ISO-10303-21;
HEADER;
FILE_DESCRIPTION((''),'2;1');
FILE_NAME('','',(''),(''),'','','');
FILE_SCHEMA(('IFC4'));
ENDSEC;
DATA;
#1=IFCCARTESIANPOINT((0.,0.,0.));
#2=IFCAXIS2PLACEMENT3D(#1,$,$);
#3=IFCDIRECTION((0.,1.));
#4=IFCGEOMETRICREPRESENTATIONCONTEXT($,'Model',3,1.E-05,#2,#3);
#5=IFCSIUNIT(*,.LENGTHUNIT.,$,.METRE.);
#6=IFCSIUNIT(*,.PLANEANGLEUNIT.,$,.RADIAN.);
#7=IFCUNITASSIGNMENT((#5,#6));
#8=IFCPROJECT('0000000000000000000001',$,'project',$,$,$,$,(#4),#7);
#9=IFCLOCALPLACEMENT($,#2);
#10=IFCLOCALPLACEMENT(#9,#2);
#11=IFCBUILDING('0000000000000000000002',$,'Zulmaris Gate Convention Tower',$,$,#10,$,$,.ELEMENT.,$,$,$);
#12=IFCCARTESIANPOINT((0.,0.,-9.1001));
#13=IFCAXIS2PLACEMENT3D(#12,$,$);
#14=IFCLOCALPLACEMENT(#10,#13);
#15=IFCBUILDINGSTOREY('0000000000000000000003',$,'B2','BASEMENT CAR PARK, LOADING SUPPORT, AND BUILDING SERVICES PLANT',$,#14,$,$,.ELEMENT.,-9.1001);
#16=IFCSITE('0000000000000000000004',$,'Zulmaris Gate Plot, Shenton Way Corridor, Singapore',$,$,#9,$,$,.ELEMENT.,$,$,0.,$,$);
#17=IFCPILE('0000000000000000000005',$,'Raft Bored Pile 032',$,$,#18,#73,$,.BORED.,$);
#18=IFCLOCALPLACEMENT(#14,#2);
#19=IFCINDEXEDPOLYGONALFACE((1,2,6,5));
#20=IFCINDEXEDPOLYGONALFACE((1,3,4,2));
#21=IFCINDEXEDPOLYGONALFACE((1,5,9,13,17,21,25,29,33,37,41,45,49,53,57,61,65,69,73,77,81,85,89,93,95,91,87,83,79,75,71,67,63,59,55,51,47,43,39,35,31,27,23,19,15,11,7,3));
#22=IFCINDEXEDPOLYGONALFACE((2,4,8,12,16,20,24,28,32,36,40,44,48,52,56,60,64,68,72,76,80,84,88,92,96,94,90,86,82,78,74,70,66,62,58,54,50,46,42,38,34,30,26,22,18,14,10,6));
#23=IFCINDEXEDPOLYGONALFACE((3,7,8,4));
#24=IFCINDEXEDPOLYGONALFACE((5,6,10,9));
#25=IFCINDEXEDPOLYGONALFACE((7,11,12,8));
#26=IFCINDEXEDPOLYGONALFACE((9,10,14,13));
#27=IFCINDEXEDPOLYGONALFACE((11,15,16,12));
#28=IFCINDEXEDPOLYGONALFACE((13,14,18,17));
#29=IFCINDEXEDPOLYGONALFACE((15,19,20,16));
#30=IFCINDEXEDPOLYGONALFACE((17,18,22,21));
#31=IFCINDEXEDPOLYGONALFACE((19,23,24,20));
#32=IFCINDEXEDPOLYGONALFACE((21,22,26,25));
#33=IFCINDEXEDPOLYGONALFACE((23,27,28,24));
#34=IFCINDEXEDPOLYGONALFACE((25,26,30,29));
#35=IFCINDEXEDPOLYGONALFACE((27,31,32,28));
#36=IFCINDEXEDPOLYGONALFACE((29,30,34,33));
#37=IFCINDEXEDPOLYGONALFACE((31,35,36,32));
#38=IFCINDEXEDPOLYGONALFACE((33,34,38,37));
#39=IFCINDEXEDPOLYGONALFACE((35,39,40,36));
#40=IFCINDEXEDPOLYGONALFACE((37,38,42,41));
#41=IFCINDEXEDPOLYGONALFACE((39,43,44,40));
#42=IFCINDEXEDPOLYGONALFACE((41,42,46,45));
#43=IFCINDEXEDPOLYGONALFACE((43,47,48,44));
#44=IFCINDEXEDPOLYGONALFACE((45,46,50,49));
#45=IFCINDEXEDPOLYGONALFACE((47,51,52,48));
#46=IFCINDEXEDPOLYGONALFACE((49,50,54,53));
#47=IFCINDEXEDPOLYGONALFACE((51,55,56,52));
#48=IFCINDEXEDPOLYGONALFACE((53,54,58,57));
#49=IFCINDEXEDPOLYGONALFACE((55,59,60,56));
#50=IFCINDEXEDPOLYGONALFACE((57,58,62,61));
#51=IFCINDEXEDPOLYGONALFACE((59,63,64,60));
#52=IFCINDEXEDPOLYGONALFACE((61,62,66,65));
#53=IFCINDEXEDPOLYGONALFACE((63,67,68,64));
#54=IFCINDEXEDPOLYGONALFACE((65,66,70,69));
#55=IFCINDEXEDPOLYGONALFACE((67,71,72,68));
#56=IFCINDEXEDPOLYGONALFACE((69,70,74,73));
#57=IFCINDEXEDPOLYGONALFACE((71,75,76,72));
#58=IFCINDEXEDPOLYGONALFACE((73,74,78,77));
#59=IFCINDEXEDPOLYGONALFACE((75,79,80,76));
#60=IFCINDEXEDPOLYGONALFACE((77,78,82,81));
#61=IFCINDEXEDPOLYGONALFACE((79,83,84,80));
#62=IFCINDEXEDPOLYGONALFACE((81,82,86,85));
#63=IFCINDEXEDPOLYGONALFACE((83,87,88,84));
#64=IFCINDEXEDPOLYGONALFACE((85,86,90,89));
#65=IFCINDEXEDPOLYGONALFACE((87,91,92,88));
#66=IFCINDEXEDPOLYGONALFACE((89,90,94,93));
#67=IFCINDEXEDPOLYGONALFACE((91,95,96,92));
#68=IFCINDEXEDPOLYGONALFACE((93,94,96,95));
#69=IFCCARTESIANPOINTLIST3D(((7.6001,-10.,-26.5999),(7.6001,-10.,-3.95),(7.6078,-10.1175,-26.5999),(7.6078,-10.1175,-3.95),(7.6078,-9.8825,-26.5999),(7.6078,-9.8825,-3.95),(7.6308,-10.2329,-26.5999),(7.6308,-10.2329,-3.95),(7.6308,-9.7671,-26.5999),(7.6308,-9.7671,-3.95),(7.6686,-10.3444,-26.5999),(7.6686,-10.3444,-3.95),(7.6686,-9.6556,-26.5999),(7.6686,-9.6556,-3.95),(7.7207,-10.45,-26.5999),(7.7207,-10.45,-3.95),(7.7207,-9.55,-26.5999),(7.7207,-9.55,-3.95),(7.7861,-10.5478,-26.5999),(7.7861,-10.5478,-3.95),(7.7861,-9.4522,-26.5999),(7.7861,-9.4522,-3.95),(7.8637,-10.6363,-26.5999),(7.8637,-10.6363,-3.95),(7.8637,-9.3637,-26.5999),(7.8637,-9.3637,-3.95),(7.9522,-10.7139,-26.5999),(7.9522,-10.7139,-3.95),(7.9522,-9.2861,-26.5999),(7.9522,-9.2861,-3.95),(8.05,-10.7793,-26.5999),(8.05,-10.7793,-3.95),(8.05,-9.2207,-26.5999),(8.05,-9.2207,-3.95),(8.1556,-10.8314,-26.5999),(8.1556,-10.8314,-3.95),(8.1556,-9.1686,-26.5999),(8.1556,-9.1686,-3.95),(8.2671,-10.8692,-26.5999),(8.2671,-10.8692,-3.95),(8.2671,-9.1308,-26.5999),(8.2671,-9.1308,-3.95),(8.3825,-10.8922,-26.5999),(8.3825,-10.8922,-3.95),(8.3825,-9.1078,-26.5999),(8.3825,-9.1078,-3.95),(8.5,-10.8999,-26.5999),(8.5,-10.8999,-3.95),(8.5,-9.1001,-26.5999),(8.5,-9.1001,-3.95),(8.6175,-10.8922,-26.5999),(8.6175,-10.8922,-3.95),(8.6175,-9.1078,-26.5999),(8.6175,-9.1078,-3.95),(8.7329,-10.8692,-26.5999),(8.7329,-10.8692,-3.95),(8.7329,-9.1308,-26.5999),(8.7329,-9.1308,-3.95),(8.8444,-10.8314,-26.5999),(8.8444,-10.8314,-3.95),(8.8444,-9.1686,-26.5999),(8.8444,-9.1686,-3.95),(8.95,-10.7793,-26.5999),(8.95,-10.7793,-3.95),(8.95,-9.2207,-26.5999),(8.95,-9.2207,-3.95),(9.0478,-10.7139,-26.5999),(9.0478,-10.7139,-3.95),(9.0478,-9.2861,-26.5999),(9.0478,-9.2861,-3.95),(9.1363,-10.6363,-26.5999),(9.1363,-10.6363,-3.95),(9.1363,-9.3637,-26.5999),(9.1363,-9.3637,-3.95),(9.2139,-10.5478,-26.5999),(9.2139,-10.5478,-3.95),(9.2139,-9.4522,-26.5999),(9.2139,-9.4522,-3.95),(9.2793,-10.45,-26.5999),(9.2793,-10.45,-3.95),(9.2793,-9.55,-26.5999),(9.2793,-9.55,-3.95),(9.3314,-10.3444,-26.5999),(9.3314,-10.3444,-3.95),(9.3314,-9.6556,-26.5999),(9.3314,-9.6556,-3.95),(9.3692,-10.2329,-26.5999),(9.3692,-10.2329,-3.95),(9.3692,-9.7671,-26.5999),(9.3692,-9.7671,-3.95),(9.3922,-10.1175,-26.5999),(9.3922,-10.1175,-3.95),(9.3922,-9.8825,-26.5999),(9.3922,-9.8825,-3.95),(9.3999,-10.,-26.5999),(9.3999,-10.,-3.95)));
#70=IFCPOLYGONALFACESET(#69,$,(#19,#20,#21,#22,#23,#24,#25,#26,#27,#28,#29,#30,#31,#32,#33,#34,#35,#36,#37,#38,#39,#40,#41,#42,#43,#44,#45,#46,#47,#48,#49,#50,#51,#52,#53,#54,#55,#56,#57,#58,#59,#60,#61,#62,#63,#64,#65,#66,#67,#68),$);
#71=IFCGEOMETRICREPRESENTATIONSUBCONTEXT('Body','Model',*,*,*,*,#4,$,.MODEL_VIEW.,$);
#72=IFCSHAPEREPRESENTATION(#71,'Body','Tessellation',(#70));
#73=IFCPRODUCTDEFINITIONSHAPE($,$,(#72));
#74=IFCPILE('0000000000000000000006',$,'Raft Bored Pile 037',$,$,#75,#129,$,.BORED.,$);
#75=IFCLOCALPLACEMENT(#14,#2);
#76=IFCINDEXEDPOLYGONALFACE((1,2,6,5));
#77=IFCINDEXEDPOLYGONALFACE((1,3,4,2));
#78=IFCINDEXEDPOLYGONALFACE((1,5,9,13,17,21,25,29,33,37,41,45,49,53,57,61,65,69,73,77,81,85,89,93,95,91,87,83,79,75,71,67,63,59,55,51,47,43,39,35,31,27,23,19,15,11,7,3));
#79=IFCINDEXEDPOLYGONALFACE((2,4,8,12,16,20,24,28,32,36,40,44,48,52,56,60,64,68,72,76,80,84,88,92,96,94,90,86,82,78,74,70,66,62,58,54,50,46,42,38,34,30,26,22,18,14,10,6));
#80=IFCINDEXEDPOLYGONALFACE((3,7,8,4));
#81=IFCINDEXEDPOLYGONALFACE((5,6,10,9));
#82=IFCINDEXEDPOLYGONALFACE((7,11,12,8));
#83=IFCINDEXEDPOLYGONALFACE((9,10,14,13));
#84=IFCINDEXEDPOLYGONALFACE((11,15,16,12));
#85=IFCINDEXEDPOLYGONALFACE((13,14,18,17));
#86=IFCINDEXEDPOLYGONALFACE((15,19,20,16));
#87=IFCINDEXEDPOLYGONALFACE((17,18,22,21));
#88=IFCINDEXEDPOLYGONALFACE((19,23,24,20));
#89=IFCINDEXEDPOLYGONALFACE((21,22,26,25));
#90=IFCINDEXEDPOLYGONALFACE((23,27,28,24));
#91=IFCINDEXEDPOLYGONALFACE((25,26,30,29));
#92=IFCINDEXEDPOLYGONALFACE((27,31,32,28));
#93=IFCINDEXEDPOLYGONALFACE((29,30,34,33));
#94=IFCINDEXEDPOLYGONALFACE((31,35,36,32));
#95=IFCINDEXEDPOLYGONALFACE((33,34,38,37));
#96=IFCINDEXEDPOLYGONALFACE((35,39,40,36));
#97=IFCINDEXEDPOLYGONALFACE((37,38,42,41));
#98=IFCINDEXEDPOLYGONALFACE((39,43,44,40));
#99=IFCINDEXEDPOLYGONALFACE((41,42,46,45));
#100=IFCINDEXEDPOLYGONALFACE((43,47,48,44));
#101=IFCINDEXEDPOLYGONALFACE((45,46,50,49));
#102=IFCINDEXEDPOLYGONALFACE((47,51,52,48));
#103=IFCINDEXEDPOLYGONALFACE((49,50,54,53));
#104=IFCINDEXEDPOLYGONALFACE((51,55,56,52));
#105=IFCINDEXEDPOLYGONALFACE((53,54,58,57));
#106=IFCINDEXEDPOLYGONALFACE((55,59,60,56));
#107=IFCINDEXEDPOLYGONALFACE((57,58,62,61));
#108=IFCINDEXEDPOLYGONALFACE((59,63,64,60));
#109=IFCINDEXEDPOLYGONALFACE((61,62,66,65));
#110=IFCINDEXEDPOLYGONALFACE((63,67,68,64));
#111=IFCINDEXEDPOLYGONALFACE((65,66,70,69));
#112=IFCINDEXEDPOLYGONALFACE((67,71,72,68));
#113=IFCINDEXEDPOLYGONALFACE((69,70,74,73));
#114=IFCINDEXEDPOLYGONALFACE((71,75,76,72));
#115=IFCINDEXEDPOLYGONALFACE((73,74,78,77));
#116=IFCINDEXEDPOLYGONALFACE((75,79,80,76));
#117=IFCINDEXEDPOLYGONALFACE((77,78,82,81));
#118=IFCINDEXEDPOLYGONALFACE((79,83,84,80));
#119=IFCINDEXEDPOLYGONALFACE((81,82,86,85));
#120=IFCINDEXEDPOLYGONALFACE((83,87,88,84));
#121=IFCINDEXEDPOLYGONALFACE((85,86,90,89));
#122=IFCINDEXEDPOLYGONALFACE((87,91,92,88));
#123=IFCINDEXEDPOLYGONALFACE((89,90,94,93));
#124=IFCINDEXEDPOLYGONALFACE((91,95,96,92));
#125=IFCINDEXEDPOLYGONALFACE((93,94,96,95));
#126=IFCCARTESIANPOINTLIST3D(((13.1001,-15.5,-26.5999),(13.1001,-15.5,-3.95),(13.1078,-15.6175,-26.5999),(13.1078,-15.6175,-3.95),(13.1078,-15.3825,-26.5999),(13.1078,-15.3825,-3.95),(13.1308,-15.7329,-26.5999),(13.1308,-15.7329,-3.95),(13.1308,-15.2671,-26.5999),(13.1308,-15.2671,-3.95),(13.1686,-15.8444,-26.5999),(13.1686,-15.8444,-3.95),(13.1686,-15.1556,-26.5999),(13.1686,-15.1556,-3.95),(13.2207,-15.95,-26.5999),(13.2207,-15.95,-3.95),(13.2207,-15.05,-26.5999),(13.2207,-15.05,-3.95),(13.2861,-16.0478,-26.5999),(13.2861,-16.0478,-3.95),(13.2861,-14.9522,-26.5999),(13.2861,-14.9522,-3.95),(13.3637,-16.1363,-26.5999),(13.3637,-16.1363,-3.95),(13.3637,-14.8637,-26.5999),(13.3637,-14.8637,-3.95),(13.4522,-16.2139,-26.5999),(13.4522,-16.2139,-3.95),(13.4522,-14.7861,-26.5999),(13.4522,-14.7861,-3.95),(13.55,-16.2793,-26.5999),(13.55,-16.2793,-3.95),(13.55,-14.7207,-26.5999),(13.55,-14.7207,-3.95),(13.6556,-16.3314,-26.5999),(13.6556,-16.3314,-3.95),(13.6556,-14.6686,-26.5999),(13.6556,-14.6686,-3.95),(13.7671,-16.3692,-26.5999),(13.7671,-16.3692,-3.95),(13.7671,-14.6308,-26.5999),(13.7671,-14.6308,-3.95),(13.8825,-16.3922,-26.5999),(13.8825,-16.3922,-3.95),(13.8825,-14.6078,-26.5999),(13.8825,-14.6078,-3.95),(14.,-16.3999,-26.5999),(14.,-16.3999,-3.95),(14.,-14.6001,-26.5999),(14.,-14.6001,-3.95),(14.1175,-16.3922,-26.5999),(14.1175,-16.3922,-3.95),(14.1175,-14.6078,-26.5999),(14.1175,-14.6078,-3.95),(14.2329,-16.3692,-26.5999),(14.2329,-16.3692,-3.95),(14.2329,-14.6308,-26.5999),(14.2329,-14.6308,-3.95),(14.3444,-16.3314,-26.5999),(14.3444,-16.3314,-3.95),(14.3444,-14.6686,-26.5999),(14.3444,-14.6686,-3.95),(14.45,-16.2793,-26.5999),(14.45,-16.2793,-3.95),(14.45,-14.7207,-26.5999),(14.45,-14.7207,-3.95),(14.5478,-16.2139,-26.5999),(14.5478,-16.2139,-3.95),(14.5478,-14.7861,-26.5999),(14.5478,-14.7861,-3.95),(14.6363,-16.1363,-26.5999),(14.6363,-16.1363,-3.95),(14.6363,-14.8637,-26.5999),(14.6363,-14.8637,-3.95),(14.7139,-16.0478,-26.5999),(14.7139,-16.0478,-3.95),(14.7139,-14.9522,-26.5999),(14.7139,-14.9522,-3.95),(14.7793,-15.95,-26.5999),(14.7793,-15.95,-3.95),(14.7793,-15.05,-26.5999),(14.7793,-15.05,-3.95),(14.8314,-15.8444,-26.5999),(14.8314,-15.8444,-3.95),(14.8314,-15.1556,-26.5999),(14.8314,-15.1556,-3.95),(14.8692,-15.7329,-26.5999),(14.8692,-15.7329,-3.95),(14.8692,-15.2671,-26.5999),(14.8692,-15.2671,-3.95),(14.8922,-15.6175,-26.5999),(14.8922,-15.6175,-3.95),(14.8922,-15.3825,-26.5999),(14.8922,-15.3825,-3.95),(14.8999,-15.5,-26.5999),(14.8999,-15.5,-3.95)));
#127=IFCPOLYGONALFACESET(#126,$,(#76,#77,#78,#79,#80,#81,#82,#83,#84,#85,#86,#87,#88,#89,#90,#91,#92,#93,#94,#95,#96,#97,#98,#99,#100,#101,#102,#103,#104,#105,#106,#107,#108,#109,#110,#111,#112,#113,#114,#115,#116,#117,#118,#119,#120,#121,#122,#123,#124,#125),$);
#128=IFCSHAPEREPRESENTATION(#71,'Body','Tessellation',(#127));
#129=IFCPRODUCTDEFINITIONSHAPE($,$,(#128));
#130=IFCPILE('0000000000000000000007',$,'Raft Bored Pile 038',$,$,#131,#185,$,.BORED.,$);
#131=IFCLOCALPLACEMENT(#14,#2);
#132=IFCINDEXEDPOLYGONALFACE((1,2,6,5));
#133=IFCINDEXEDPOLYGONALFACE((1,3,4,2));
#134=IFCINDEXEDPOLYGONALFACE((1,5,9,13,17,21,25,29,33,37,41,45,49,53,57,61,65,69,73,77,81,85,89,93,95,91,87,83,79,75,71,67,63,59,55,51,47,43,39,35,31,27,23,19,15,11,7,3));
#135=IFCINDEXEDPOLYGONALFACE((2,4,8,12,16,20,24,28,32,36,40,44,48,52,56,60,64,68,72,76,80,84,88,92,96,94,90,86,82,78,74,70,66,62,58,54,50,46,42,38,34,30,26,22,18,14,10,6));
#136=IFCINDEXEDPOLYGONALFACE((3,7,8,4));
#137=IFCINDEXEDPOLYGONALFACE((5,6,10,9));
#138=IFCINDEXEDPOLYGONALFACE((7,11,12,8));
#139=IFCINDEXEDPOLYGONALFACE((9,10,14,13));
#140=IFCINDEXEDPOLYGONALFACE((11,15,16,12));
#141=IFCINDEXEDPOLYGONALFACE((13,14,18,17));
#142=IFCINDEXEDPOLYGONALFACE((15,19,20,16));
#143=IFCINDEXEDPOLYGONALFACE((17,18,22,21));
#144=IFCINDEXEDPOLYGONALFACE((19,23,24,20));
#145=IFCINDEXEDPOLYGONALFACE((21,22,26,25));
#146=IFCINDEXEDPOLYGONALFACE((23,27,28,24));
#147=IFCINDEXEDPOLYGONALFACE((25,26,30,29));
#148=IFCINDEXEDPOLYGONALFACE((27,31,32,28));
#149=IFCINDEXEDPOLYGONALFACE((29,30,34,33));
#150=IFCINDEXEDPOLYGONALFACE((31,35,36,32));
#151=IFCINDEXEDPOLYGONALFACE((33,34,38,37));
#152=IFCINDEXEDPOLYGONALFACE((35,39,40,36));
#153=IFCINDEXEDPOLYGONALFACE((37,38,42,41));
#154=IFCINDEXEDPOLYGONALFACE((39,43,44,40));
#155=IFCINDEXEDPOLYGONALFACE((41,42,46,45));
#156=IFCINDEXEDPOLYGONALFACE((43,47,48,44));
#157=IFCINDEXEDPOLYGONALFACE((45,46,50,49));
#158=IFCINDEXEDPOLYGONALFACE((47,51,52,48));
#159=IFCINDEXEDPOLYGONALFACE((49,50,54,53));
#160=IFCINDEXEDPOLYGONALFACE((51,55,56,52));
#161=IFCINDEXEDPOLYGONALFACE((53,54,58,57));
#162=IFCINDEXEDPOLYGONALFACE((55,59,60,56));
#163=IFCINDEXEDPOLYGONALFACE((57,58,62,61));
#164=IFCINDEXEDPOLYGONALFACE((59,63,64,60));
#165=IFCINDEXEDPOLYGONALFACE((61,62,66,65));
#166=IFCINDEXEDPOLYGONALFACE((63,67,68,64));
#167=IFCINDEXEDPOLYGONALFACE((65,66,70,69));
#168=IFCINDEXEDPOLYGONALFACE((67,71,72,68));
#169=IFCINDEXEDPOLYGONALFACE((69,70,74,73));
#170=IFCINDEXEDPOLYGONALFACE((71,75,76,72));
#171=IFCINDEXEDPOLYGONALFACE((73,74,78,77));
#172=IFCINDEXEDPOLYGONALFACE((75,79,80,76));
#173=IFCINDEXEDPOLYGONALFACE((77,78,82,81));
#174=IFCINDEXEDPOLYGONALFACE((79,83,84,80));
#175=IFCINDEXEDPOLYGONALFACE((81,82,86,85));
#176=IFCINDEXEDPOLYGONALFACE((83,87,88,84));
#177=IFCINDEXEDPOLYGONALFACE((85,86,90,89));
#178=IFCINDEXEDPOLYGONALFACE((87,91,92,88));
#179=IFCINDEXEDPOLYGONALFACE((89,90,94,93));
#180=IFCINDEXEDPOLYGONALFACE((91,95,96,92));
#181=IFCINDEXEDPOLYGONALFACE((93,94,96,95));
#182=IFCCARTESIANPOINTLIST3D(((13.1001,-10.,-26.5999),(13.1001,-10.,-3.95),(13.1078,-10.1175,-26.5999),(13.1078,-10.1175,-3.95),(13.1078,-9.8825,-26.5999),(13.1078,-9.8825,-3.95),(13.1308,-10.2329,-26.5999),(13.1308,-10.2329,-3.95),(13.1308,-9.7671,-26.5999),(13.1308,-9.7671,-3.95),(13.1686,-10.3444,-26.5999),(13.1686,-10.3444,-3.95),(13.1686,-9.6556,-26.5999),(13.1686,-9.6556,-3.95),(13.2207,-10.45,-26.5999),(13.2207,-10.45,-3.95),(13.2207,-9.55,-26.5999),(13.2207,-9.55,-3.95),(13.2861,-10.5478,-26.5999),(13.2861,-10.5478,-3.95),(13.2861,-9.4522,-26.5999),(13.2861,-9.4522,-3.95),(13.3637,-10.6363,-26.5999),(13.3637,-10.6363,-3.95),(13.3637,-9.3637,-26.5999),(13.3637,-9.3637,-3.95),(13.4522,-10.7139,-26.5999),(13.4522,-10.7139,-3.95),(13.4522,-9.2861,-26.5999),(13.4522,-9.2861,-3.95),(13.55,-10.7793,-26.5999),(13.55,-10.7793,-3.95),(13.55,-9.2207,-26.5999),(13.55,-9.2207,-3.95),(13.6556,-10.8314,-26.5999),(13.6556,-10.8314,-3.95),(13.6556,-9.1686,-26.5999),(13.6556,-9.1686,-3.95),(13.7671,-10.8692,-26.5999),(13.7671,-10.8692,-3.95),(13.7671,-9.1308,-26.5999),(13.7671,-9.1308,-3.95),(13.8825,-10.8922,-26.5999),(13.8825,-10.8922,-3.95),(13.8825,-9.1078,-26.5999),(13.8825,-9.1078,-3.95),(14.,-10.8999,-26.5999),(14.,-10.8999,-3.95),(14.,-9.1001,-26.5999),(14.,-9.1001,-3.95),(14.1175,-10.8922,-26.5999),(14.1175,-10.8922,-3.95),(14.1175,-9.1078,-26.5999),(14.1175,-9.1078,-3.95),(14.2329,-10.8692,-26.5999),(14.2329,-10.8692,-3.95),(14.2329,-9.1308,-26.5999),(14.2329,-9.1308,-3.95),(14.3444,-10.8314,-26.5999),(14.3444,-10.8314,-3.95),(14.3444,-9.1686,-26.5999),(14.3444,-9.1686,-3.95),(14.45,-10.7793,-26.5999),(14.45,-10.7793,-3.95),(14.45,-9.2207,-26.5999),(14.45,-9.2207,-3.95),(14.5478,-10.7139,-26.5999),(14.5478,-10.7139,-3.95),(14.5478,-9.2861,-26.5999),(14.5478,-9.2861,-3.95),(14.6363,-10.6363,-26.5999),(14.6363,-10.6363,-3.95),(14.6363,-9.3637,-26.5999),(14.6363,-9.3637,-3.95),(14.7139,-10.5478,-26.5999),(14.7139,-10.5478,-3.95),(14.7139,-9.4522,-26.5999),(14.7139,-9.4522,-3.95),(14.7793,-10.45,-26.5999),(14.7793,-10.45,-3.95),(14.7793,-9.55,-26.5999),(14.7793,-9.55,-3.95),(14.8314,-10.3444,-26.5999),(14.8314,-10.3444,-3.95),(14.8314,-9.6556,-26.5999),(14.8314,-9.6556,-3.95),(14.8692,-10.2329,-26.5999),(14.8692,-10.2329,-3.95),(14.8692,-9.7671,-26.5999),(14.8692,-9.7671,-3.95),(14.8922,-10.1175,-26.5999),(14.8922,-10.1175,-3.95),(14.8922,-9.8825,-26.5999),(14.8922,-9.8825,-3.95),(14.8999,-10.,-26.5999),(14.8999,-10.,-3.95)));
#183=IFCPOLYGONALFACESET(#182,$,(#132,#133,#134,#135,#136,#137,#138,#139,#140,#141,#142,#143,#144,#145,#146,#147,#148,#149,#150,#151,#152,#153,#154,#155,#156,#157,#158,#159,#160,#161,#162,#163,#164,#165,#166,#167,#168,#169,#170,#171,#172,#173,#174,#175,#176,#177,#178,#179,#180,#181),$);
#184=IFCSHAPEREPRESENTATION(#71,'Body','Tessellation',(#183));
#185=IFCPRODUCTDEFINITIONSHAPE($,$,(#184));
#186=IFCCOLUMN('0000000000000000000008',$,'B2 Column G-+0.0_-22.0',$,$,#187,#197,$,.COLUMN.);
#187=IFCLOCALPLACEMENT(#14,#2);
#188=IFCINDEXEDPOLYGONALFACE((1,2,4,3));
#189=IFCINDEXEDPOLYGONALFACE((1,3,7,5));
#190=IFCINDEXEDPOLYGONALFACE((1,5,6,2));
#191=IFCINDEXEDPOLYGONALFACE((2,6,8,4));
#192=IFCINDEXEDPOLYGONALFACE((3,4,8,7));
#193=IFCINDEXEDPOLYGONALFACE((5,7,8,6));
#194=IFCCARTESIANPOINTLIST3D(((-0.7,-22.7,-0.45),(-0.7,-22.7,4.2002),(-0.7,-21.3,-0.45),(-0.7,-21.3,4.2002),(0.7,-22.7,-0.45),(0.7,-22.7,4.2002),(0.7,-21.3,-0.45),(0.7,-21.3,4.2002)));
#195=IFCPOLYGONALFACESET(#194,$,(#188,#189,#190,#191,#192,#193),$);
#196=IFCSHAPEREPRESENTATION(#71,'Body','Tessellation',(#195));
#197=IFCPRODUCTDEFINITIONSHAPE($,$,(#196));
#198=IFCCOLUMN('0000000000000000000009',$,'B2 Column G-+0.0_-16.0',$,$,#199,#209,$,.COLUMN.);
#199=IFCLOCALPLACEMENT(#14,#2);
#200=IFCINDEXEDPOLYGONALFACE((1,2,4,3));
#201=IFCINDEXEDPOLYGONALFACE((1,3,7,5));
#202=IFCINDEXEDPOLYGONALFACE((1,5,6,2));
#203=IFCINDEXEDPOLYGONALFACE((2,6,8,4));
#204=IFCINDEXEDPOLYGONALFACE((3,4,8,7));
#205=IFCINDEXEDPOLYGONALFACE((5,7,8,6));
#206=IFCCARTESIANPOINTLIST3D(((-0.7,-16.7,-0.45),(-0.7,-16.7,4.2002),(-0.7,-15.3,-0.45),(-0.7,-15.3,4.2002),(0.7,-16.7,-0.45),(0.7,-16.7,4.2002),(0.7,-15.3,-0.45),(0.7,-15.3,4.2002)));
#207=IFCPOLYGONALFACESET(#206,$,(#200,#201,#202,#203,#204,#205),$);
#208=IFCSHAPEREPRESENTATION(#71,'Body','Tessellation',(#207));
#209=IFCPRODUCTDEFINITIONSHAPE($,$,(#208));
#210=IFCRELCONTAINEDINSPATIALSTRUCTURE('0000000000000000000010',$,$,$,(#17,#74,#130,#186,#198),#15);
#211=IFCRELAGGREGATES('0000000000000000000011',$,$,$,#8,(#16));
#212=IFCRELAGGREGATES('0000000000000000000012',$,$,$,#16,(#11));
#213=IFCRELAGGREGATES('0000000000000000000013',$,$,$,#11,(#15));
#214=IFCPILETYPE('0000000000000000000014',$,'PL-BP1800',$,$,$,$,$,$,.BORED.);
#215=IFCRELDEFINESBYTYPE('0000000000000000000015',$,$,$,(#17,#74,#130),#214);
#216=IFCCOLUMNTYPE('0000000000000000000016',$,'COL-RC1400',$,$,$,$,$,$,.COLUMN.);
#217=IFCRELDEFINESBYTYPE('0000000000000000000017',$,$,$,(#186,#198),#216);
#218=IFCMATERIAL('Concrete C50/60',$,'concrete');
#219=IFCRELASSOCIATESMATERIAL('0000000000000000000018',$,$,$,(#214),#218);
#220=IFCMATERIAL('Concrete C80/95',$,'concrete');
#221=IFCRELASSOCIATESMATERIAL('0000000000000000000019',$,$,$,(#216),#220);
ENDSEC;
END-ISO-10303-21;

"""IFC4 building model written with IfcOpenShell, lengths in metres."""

from ifc_helpers import new_model, si_unit, direction, frame, origin, origin_2d, place, context, subcontext, project, spatial, rectangle, circle, extrude, material, material_profile, profile_set, type_object, element, save


model = new_model("IFC4")

# Units and contexts
model_context = context("Model", 3, precision=1e-05, world=origin(), true_north=direction((0.0, 1.0)))
body_context = subcontext(model_context, "Body", "Model", "MODEL_VIEW")
ifc_project = project(units=[si_unit("LENGTHUNIT", "METRE"), si_unit("PLANEANGLEUNIT", "RADIAN")], contexts=[model_context])

# Site, building, storey
site_placement = place(None, origin())
site = spatial("IfcSite", under=ifc_project, at=site_placement, Name="Zulmaris Gate Plot, Shenton Way Corridor, Singapore", CompositionType="ELEMENT", RefElevation=0.0)
building_placement = place(site_placement, origin())
building = spatial("IfcBuilding", under=site, at=building_placement, Name="Zulmaris Gate Convention Tower", CompositionType="ELEMENT")
storey_placement = place(building_placement, frame((0.0, 0.0, -9.1001)))
storey = spatial("IfcBuildingStorey", under=building, at=storey_placement, Name="B2", Description="BASEMENT CAR PARK, LOADING SUPPORT, AND BUILDING SERVICES PLANT", CompositionType="ELEMENT", Elevation=-9.1001)

# Shared definitions
ifc_material_1 = material(Name="Concrete C50/60", Category="concrete")

# Piles
ifc_material_profile_1 = material_profile(ifc_material_1, circle(Radius=0.8999, at=origin_2d()), Name="BORED PILE 1800")
ifc_profile_set_1 = profile_set([ifc_material_profile_1], Name="Concrete C50/60")
pile_type = type_object("IfcPileType", Name="PL-BP1800", PredefinedType="BORED", material=ifc_profile_set_1)
for number, where, z_axis, x_axis, name in (
    (1, (8.5, -10.0, -3.95), (0.0, 0.0, -1.0), (1.0, 0.0, 0.0), "Raft Bored Pile 032"),
    (2, (14.0, -15.5, -3.95), (0.0, 0.0, -1.0), (1.0, 0.0, 0.0), "Raft Bored Pile 037"),
    (3, (14.0, -10.0, -3.95), (0.0, 0.0, -1.0), (1.0, 0.0, 0.0), "Raft Bored Pile 038"),
):
    element("IfcPile", number, at=place(storey_placement, frame(where, z_axis=z_axis, x_axis=x_axis)), inside=storey, type_object=pile_type, Name=name, PredefinedType="BORED", context=body_context, shape_type="SweptSolid", body=[
        extrude(circle(Radius=0.8999, at=origin_2d()), origin(), (0.0, 0.0, 1.0), 22.6499),
    ])

# Columns
ifc_material_2 = material(Name="Concrete C80/95", Category="concrete")
ifc_material_profile_2 = material_profile(ifc_material_2, rectangle(XDim=1.3999, YDim=1.3999, at=origin_2d()), Name="RC COL 1400x1400")
ifc_profile_set_2 = profile_set([ifc_material_profile_2], Name="Concrete C80/95")
column_type_1 = type_object("IfcColumnType", Name="COL-RC1400", PredefinedType="COLUMN", material=ifc_profile_set_2)
for number, where, z_axis, x_axis, name in (
    (4, (0.0, -22.0, -0.45), (0.0, 0.0, 1.0), (1.0, 0.0, 0.0), "B2 Column G-+0.0_-22.0"),
    (5, (0.0, -16.0, -0.45), (0.0, 0.0, 1.0), (1.0, 0.0, 0.0), "B2 Column G-+0.0_-16.0"),
):
    element("IfcColumn", number, at=place(storey_placement, frame(where, z_axis=z_axis, x_axis=x_axis)), inside=storey, type_object=column_type_1, Name=name, PredefinedType="COLUMN", context=body_context, shape_type="SweptSolid", body=[
        extrude(rectangle(XDim=1.3999, YDim=1.3999, at=origin_2d()), origin(), (0.0, 0.0, 1.0), 4.6501),
    ])

save(model, "model.ifc")
